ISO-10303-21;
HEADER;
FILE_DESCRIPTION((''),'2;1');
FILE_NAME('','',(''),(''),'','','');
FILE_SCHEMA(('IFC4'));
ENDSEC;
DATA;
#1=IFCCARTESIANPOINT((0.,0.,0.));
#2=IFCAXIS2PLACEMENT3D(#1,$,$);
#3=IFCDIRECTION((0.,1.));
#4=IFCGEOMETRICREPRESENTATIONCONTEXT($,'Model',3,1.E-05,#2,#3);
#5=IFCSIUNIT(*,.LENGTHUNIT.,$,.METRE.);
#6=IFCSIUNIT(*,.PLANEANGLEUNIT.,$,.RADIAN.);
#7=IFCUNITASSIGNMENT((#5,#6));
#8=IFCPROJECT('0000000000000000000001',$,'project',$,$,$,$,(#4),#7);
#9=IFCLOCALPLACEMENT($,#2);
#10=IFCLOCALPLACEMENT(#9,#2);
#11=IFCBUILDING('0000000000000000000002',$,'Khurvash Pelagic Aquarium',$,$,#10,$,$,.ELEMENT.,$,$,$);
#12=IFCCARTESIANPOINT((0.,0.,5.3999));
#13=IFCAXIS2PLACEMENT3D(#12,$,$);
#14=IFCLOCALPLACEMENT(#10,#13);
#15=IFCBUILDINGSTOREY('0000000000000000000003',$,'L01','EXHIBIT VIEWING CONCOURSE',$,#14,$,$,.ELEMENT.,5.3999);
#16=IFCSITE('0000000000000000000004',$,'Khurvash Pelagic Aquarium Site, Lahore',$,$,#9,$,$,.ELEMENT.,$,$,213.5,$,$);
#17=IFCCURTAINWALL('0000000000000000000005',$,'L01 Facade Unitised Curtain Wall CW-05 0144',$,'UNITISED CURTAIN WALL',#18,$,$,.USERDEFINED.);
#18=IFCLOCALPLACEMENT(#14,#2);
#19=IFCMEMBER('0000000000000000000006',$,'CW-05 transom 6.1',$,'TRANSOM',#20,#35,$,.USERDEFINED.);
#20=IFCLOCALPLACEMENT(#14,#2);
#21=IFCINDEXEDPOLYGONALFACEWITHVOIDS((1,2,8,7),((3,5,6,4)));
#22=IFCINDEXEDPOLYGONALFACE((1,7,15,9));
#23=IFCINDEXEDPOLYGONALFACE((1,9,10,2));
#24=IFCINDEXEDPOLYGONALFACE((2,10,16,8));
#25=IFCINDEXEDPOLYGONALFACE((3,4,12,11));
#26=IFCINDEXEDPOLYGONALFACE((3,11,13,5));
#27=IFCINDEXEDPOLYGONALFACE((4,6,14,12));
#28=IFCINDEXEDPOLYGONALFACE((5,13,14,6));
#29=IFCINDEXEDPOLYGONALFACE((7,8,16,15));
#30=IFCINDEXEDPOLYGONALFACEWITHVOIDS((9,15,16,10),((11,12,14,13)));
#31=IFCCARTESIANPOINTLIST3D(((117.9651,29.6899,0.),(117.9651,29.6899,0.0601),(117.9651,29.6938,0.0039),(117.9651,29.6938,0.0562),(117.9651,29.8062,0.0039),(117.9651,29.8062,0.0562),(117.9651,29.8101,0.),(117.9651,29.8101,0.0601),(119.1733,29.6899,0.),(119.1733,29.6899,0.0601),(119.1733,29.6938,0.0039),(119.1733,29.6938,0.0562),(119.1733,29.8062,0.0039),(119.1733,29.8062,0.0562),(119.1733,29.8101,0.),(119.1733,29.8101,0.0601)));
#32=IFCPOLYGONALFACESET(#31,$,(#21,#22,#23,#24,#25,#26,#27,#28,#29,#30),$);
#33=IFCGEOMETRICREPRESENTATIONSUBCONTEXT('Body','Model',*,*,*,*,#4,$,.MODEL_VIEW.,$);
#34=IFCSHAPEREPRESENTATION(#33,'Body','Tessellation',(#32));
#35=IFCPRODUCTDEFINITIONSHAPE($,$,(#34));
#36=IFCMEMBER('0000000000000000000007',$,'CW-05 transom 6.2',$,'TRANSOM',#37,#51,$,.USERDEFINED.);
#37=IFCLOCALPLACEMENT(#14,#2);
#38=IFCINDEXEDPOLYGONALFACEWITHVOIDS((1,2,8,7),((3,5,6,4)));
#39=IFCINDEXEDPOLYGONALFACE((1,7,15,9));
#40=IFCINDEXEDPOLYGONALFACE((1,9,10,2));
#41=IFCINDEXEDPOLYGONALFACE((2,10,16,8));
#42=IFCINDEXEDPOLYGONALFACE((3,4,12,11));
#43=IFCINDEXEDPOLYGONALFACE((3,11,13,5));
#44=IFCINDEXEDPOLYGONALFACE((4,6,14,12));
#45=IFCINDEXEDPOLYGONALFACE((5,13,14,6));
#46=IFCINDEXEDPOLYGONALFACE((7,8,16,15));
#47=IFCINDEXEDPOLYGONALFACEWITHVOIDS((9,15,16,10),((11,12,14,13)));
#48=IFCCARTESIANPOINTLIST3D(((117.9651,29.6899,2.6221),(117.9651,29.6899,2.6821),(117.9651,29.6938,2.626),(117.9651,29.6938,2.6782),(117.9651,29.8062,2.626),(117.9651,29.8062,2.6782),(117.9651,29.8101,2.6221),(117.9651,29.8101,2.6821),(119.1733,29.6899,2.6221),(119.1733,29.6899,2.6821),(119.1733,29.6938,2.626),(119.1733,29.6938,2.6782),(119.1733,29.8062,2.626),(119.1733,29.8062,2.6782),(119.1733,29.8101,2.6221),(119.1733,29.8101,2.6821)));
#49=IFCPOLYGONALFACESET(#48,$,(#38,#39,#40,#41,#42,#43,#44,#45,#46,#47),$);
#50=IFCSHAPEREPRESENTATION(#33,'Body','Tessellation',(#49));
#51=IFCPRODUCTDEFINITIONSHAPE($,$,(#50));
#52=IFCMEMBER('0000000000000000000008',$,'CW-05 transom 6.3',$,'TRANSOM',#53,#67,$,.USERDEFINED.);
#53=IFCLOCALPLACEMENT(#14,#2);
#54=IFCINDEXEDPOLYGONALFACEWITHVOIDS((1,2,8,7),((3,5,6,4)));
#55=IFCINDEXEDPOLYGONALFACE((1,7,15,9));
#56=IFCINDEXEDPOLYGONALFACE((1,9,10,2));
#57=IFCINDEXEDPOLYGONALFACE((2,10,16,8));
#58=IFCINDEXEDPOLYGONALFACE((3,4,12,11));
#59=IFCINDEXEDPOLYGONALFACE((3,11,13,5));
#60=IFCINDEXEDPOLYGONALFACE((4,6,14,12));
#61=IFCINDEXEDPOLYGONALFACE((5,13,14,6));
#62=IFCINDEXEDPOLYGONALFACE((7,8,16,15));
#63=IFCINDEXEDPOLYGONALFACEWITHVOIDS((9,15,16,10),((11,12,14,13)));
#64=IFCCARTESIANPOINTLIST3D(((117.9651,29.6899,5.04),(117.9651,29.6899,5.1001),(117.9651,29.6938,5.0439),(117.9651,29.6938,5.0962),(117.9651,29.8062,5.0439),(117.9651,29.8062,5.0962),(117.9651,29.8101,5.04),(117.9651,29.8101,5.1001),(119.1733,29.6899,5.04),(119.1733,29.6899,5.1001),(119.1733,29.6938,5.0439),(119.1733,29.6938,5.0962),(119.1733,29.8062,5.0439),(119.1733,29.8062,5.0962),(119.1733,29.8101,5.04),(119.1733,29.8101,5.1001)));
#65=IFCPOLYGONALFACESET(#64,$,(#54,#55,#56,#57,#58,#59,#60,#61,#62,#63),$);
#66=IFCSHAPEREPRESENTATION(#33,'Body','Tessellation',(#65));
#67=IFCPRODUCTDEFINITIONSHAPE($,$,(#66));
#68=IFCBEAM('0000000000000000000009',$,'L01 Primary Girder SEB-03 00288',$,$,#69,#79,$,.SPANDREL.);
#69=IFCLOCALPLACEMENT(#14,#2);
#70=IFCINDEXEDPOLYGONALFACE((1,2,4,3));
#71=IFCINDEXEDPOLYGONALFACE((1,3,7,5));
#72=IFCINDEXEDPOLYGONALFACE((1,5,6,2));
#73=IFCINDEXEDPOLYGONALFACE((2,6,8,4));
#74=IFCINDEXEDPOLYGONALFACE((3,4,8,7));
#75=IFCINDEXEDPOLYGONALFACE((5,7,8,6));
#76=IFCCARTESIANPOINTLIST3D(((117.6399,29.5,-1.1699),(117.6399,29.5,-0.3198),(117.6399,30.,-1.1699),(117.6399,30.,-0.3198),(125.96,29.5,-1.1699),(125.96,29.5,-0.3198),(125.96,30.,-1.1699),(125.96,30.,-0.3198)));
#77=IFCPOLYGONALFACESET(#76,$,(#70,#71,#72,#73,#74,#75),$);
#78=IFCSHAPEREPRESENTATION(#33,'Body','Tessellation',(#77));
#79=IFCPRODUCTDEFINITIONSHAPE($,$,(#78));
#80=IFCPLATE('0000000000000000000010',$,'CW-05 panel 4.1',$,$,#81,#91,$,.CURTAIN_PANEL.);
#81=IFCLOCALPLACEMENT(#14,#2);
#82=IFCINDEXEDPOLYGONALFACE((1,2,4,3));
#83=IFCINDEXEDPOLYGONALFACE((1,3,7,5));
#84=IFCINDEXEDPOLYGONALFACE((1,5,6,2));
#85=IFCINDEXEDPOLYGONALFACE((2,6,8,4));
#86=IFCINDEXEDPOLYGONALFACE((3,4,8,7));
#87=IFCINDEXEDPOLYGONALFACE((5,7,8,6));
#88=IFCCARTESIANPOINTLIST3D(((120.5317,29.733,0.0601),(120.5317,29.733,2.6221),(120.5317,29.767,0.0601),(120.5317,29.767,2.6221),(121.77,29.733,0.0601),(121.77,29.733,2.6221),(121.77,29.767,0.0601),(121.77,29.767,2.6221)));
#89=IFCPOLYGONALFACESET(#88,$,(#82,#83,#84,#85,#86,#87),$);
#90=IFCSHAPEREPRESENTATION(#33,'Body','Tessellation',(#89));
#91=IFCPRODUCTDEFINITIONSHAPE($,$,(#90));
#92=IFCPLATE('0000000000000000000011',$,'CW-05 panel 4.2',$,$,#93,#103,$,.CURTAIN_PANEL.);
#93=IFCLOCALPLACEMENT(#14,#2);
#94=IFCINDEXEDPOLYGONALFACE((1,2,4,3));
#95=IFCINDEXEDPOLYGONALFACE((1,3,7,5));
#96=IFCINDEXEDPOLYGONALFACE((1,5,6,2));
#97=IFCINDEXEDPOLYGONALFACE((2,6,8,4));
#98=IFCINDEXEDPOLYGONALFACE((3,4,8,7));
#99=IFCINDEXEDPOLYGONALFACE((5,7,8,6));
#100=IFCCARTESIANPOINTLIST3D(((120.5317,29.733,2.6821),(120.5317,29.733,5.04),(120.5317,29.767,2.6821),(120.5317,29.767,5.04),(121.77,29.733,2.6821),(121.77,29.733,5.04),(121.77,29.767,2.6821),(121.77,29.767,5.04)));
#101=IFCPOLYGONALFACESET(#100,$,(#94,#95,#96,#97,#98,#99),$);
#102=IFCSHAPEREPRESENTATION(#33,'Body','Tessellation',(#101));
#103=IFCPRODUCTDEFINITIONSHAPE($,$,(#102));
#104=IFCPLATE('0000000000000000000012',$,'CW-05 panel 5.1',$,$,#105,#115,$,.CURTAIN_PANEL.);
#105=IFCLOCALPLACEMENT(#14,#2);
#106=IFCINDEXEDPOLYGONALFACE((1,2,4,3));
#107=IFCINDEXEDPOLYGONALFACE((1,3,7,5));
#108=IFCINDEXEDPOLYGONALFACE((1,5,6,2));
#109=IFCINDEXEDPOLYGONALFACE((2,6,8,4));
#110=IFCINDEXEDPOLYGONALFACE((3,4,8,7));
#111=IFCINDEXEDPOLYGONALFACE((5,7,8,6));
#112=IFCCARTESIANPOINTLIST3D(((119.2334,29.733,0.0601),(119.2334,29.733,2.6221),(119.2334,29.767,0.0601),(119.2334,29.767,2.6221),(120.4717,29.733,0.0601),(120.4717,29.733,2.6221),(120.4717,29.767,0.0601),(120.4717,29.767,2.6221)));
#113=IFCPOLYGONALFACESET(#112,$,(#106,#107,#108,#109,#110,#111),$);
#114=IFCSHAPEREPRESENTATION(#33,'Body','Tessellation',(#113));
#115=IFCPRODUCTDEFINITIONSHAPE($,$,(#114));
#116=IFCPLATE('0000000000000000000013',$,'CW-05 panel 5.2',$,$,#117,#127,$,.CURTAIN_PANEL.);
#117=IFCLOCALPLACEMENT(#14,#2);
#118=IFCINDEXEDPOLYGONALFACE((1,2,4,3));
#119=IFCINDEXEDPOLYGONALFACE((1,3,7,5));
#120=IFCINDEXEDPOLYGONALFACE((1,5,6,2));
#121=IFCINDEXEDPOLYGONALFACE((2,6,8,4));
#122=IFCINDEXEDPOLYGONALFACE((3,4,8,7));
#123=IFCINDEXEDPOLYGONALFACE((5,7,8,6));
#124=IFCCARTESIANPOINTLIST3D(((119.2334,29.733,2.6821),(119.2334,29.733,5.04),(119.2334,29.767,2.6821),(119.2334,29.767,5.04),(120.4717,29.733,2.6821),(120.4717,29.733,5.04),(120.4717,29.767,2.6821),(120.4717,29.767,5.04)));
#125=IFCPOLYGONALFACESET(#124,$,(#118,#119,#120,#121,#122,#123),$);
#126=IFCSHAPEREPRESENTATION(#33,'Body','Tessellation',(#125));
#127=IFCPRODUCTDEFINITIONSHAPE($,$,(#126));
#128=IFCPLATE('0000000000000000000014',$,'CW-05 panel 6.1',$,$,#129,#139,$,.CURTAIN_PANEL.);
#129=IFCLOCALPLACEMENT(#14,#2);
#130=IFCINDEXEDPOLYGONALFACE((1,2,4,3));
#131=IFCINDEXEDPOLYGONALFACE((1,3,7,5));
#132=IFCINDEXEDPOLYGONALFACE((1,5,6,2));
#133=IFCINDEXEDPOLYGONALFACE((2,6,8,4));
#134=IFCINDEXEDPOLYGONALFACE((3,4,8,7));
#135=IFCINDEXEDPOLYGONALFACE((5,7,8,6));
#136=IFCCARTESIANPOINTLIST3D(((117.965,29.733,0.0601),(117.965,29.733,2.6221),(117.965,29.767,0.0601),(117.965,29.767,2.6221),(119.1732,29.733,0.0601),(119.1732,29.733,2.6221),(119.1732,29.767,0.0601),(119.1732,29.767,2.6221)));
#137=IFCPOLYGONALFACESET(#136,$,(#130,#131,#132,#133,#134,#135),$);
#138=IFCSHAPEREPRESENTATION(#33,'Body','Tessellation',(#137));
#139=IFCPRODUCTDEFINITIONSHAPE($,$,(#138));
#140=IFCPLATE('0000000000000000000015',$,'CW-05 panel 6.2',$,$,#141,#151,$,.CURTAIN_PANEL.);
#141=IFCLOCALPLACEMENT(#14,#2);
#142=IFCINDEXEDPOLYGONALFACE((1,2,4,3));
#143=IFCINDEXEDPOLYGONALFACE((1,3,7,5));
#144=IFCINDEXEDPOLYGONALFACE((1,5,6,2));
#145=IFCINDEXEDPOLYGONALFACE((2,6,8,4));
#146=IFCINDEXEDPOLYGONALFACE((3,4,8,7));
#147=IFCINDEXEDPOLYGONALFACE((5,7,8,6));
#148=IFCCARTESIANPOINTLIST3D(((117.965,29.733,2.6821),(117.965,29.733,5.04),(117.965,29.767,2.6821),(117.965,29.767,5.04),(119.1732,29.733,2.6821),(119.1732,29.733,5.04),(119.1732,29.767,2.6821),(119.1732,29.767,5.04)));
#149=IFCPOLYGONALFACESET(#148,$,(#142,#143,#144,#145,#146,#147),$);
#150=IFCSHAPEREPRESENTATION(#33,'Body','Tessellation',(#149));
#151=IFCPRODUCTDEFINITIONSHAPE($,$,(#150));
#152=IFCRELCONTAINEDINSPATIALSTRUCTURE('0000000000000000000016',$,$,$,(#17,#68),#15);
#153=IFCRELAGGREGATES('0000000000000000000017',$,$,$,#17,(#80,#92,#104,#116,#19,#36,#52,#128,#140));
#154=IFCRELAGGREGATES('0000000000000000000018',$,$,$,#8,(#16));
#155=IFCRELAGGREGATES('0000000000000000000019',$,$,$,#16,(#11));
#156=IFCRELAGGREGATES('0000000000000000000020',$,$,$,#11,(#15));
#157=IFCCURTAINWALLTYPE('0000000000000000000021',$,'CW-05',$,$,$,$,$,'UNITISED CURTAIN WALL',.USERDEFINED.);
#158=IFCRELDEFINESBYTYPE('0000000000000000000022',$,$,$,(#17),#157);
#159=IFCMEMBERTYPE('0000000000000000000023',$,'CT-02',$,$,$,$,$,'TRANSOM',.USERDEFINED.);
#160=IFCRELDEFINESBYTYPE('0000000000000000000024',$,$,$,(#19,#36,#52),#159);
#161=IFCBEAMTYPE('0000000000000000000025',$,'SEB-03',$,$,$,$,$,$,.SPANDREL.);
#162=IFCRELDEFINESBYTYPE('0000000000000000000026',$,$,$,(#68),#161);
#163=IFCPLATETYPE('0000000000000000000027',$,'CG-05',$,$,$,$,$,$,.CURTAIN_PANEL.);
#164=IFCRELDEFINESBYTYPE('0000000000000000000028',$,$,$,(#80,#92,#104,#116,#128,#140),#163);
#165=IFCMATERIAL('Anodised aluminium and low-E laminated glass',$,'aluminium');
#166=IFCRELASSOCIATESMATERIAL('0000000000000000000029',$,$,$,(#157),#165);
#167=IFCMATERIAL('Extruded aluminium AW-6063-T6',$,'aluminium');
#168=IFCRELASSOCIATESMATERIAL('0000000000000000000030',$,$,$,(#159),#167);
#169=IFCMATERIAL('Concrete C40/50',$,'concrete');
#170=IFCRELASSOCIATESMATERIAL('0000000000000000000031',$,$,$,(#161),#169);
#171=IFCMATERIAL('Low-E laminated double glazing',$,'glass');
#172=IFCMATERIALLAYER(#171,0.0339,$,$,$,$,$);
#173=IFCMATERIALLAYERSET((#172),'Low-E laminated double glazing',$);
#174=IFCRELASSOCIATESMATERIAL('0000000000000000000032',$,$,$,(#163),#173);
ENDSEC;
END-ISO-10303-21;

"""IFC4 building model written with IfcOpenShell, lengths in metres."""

from ifc_helpers import new_model, si_unit, direction, frame, origin, origin_2d, place, context, subcontext, project, spatial, rectangle, hollow_rectangle, extrude, material, layer, layer_set, material_profile, profile_set, type_object, element, aggregate, save


model = new_model("IFC4")

# Units and contexts
model_context = context("Model", 3, precision=1e-05, world=origin(), true_north=direction((0.0, 1.0)))
body_context = subcontext(model_context, "Body", "Model", "MODEL_VIEW")
ifc_project = project(units=[si_unit("LENGTHUNIT", "METRE"), si_unit("PLANEANGLEUNIT", "RADIAN")], contexts=[model_context])

# Site, building, storey
site_placement = place(None, origin())
site = spatial("IfcSite", under=ifc_project, at=site_placement, Name="Khurvash Pelagic Aquarium Site, Lahore", CompositionType="ELEMENT", RefElevation=213.5)
building_placement = place(site_placement, origin())
building = spatial("IfcBuilding", under=site, at=building_placement, Name="Khurvash Pelagic Aquarium", CompositionType="ELEMENT")
storey_placement = place(building_placement, frame((0.0, 0.0, 5.3999)))
storey = spatial("IfcBuildingStorey", under=building, at=storey_placement, Name="L01", Description="EXHIBIT VIEWING CONCOURSE", CompositionType="ELEMENT", Elevation=5.3999)

# Shared definitions
ifc_material_1 = material(Name="Concrete C40/50", Category="concrete")

# Curtain wall
ifc_material_2 = material(Name="Anodised aluminium and low-E laminated glass", Category="aluminium")
curtain_wall_type = type_object("IfcCurtainWallType", Name="CW-05", ElementType="UNITISED CURTAIN WALL", PredefinedType="USERDEFINED", material=ifc_material_2)
curtain_wall_1_placement = place(storey_placement, origin())
curtain_wall_1 = element("IfcCurtainWall", 1, at=curtain_wall_1_placement, inside=storey, type_object=curtain_wall_type, Name="L01 Facade Unitised Curtain Wall CW-05 0144", ObjectType="UNITISED CURTAIN WALL", PredefinedType="USERDEFINED")
ifc_material_3 = material(Name="Extruded aluminium AW-6063-T6", Category="aluminium")

# Members
ifc_material_profile_1 = material_profile(ifc_material_3, hollow_rectangle(XDim=0.1201, YDim=0.0601, WallThickness=0.0039, at=origin_2d()), Name="CWT120X60X4")
ifc_profile_set_1 = profile_set([ifc_material_profile_1], Name="Extruded aluminium AW-6063-T6")
member_type_1 = type_object("IfcMemberType", Name="CT-02", ElementType="TRANSOM", PredefinedType="USERDEFINED", material=ifc_profile_set_1)
member_1_placement = place(storey_placement, frame((119.1733, 29.75, 0.03), z_axis=(-1.0, 0.0, 0.0), x_axis=(0.0, -1.0, 0.0)))
member_1 = element("IfcMember", 2, at=member_1_placement, type_object=member_type_1, Name="CW-05 transom 6.1", ObjectType="TRANSOM", PredefinedType="USERDEFINED", context=body_context, shape_type="SweptSolid", body=[
    extrude(hollow_rectangle(XDim=0.1201, YDim=0.0601, WallThickness=0.0039, at=origin_2d()), origin(), (0.0, 0.0, 1.0), 1.2083),
])
member_2_placement = place(storey_placement, frame((119.1733, 29.75, 2.6521), z_axis=(-1.0, 0.0, 0.0), x_axis=(0.0, -1.0, 0.0)))
member_2 = element("IfcMember", 3, at=member_2_placement, type_object=member_type_1, Name="CW-05 transom 6.2", ObjectType="TRANSOM", PredefinedType="USERDEFINED", context=body_context, shape_type="SweptSolid", body=[
    extrude(hollow_rectangle(XDim=0.1201, YDim=0.0601, WallThickness=0.0039, at=origin_2d()), origin(), (0.0, 0.0, 1.0), 1.2083),
])
member_3_placement = place(storey_placement, frame((119.1733, 29.75, 5.0701), z_axis=(-1.0, 0.0, 0.0), x_axis=(0.0, -1.0, 0.0)))
member_3 = element("IfcMember", 4, at=member_3_placement, type_object=member_type_1, Name="CW-05 transom 6.3", ObjectType="TRANSOM", PredefinedType="USERDEFINED", context=body_context, shape_type="SweptSolid", body=[
    extrude(hollow_rectangle(XDim=0.1201, YDim=0.0601, WallThickness=0.0039, at=origin_2d()), origin(), (0.0, 0.0, 1.0), 1.2083),
])

# Beam
ifc_material_profile_2 = material_profile(ifc_material_1, rectangle(XDim=0.5, YDim=0.8501, at=origin_2d()), Name="RC500X850")
ifc_profile_set_2 = profile_set([ifc_material_profile_2], Name="Concrete C40/50")
beam_type = type_object("IfcBeamType", Name="SEB-03", PredefinedType="SPANDREL", material=ifc_profile_set_2)
beam_placement = place(storey_placement, frame((117.6399, 29.75, -0.7449), z_axis=(1.0, 0.0, 0.0), x_axis=(0.0, 1.0, 0.0)))
element("IfcBeam", 5, at=beam_placement, inside=storey, type_object=beam_type, Name="L01 Primary Girder SEB-03 00288", PredefinedType="SPANDREL", context=body_context, shape_type="SweptSolid", body=[
    extrude(rectangle(XDim=0.5, YDim=0.8501, at=origin_2d()), origin(), (0.0, 0.0, 1.0), 8.3201),
])

# Plates
ifc_material_4 = material(Name="Low-E laminated double glazing", Category="glass")
ifc_layer = layer(ifc_material_4, 0.0339)
ifc_layer_set = layer_set([ifc_layer], Name="Low-E laminated double glazing")
plate_type = type_object("IfcPlateType", Name="CG-05", PredefinedType="CURTAIN_PANEL", material=ifc_layer_set)
plate_1_placement = place(storey_placement, frame((121.1509, 29.75, 0.0601), z_axis=(0.0, 0.0, 1.0), x_axis=(-1.0, 0.0, 0.0)))
plate_1 = element("IfcPlate", 6, at=plate_1_placement, type_object=plate_type, Name="CW-05 panel 4.1", PredefinedType="CURTAIN_PANEL", context=body_context, shape_type="SweptSolid", body=[
    extrude(rectangle(XDim=1.2383, YDim=0.0339, at=origin_2d()), origin(), (0.0, 0.0, 1.0), 2.562),
])
plate_2_placement = place(storey_placement, frame((121.1509, 29.75, 2.6821), z_axis=(0.0, 0.0, 1.0), x_axis=(-1.0, 0.0, 0.0)))
plate_2 = element("IfcPlate", 7, at=plate_2_placement, type_object=plate_type, Name="CW-05 panel 4.2", PredefinedType="CURTAIN_PANEL", context=body_context, shape_type="SweptSolid", body=[
    extrude(rectangle(XDim=1.2383, YDim=0.0339, at=origin_2d()), origin(), (0.0, 0.0, 1.0), 2.3579),
])
plate_3_placement = place(storey_placement, frame((119.8525, 29.75, 0.0601), z_axis=(0.0, 0.0, 1.0), x_axis=(-1.0, 0.0, 0.0)))
plate_3 = element("IfcPlate", 8, at=plate_3_placement, type_object=plate_type, Name="CW-05 panel 5.1", PredefinedType="CURTAIN_PANEL", context=body_context, shape_type="SweptSolid", body=[
    extrude(rectangle(XDim=1.2383, YDim=0.0339, at=origin_2d()), origin(), (0.0, 0.0, 1.0), 2.562),
])
plate_4_placement = place(storey_placement, frame((119.8525, 29.75, 2.6821), z_axis=(0.0, 0.0, 1.0), x_axis=(-1.0, 0.0, 0.0)))
plate_4 = element("IfcPlate", 9, at=plate_4_placement, type_object=plate_type, Name="CW-05 panel 5.2", PredefinedType="CURTAIN_PANEL", context=body_context, shape_type="SweptSolid", body=[
    extrude(rectangle(XDim=1.2383, YDim=0.0339, at=origin_2d()), origin(), (0.0, 0.0, 1.0), 2.3579),
])
plate_5_placement = place(storey_placement, frame((118.5691, 29.75, 0.0601), z_axis=(0.0, 0.0, 1.0), x_axis=(-1.0, 0.0, 0.0)))
plate_5 = element("IfcPlate", 10, at=plate_5_placement, type_object=plate_type, Name="CW-05 panel 6.1", PredefinedType="CURTAIN_PANEL", context=body_context, shape_type="SweptSolid", body=[
    extrude(rectangle(XDim=1.2083, YDim=0.0339, at=origin_2d()), origin(), (0.0, 0.0, 1.0), 2.562),
])
plate_6_placement = place(storey_placement, frame((118.5691, 29.75, 2.6821), z_axis=(0.0, 0.0, 1.0), x_axis=(-1.0, 0.0, 0.0)))
plate_6 = element("IfcPlate", 11, at=plate_6_placement, type_object=plate_type, Name="CW-05 panel 6.2", PredefinedType="CURTAIN_PANEL", context=body_context, shape_type="SweptSolid", body=[
    extrude(rectangle(XDim=1.2083, YDim=0.0339, at=origin_2d()), origin(), (0.0, 0.0, 1.0), 2.3579),
])
aggregate(curtain_wall_1, [plate_1, plate_2, plate_3, plate_4, member_1, member_2, member_3, plate_5, plate_6])

save(model, "model.ifc")
